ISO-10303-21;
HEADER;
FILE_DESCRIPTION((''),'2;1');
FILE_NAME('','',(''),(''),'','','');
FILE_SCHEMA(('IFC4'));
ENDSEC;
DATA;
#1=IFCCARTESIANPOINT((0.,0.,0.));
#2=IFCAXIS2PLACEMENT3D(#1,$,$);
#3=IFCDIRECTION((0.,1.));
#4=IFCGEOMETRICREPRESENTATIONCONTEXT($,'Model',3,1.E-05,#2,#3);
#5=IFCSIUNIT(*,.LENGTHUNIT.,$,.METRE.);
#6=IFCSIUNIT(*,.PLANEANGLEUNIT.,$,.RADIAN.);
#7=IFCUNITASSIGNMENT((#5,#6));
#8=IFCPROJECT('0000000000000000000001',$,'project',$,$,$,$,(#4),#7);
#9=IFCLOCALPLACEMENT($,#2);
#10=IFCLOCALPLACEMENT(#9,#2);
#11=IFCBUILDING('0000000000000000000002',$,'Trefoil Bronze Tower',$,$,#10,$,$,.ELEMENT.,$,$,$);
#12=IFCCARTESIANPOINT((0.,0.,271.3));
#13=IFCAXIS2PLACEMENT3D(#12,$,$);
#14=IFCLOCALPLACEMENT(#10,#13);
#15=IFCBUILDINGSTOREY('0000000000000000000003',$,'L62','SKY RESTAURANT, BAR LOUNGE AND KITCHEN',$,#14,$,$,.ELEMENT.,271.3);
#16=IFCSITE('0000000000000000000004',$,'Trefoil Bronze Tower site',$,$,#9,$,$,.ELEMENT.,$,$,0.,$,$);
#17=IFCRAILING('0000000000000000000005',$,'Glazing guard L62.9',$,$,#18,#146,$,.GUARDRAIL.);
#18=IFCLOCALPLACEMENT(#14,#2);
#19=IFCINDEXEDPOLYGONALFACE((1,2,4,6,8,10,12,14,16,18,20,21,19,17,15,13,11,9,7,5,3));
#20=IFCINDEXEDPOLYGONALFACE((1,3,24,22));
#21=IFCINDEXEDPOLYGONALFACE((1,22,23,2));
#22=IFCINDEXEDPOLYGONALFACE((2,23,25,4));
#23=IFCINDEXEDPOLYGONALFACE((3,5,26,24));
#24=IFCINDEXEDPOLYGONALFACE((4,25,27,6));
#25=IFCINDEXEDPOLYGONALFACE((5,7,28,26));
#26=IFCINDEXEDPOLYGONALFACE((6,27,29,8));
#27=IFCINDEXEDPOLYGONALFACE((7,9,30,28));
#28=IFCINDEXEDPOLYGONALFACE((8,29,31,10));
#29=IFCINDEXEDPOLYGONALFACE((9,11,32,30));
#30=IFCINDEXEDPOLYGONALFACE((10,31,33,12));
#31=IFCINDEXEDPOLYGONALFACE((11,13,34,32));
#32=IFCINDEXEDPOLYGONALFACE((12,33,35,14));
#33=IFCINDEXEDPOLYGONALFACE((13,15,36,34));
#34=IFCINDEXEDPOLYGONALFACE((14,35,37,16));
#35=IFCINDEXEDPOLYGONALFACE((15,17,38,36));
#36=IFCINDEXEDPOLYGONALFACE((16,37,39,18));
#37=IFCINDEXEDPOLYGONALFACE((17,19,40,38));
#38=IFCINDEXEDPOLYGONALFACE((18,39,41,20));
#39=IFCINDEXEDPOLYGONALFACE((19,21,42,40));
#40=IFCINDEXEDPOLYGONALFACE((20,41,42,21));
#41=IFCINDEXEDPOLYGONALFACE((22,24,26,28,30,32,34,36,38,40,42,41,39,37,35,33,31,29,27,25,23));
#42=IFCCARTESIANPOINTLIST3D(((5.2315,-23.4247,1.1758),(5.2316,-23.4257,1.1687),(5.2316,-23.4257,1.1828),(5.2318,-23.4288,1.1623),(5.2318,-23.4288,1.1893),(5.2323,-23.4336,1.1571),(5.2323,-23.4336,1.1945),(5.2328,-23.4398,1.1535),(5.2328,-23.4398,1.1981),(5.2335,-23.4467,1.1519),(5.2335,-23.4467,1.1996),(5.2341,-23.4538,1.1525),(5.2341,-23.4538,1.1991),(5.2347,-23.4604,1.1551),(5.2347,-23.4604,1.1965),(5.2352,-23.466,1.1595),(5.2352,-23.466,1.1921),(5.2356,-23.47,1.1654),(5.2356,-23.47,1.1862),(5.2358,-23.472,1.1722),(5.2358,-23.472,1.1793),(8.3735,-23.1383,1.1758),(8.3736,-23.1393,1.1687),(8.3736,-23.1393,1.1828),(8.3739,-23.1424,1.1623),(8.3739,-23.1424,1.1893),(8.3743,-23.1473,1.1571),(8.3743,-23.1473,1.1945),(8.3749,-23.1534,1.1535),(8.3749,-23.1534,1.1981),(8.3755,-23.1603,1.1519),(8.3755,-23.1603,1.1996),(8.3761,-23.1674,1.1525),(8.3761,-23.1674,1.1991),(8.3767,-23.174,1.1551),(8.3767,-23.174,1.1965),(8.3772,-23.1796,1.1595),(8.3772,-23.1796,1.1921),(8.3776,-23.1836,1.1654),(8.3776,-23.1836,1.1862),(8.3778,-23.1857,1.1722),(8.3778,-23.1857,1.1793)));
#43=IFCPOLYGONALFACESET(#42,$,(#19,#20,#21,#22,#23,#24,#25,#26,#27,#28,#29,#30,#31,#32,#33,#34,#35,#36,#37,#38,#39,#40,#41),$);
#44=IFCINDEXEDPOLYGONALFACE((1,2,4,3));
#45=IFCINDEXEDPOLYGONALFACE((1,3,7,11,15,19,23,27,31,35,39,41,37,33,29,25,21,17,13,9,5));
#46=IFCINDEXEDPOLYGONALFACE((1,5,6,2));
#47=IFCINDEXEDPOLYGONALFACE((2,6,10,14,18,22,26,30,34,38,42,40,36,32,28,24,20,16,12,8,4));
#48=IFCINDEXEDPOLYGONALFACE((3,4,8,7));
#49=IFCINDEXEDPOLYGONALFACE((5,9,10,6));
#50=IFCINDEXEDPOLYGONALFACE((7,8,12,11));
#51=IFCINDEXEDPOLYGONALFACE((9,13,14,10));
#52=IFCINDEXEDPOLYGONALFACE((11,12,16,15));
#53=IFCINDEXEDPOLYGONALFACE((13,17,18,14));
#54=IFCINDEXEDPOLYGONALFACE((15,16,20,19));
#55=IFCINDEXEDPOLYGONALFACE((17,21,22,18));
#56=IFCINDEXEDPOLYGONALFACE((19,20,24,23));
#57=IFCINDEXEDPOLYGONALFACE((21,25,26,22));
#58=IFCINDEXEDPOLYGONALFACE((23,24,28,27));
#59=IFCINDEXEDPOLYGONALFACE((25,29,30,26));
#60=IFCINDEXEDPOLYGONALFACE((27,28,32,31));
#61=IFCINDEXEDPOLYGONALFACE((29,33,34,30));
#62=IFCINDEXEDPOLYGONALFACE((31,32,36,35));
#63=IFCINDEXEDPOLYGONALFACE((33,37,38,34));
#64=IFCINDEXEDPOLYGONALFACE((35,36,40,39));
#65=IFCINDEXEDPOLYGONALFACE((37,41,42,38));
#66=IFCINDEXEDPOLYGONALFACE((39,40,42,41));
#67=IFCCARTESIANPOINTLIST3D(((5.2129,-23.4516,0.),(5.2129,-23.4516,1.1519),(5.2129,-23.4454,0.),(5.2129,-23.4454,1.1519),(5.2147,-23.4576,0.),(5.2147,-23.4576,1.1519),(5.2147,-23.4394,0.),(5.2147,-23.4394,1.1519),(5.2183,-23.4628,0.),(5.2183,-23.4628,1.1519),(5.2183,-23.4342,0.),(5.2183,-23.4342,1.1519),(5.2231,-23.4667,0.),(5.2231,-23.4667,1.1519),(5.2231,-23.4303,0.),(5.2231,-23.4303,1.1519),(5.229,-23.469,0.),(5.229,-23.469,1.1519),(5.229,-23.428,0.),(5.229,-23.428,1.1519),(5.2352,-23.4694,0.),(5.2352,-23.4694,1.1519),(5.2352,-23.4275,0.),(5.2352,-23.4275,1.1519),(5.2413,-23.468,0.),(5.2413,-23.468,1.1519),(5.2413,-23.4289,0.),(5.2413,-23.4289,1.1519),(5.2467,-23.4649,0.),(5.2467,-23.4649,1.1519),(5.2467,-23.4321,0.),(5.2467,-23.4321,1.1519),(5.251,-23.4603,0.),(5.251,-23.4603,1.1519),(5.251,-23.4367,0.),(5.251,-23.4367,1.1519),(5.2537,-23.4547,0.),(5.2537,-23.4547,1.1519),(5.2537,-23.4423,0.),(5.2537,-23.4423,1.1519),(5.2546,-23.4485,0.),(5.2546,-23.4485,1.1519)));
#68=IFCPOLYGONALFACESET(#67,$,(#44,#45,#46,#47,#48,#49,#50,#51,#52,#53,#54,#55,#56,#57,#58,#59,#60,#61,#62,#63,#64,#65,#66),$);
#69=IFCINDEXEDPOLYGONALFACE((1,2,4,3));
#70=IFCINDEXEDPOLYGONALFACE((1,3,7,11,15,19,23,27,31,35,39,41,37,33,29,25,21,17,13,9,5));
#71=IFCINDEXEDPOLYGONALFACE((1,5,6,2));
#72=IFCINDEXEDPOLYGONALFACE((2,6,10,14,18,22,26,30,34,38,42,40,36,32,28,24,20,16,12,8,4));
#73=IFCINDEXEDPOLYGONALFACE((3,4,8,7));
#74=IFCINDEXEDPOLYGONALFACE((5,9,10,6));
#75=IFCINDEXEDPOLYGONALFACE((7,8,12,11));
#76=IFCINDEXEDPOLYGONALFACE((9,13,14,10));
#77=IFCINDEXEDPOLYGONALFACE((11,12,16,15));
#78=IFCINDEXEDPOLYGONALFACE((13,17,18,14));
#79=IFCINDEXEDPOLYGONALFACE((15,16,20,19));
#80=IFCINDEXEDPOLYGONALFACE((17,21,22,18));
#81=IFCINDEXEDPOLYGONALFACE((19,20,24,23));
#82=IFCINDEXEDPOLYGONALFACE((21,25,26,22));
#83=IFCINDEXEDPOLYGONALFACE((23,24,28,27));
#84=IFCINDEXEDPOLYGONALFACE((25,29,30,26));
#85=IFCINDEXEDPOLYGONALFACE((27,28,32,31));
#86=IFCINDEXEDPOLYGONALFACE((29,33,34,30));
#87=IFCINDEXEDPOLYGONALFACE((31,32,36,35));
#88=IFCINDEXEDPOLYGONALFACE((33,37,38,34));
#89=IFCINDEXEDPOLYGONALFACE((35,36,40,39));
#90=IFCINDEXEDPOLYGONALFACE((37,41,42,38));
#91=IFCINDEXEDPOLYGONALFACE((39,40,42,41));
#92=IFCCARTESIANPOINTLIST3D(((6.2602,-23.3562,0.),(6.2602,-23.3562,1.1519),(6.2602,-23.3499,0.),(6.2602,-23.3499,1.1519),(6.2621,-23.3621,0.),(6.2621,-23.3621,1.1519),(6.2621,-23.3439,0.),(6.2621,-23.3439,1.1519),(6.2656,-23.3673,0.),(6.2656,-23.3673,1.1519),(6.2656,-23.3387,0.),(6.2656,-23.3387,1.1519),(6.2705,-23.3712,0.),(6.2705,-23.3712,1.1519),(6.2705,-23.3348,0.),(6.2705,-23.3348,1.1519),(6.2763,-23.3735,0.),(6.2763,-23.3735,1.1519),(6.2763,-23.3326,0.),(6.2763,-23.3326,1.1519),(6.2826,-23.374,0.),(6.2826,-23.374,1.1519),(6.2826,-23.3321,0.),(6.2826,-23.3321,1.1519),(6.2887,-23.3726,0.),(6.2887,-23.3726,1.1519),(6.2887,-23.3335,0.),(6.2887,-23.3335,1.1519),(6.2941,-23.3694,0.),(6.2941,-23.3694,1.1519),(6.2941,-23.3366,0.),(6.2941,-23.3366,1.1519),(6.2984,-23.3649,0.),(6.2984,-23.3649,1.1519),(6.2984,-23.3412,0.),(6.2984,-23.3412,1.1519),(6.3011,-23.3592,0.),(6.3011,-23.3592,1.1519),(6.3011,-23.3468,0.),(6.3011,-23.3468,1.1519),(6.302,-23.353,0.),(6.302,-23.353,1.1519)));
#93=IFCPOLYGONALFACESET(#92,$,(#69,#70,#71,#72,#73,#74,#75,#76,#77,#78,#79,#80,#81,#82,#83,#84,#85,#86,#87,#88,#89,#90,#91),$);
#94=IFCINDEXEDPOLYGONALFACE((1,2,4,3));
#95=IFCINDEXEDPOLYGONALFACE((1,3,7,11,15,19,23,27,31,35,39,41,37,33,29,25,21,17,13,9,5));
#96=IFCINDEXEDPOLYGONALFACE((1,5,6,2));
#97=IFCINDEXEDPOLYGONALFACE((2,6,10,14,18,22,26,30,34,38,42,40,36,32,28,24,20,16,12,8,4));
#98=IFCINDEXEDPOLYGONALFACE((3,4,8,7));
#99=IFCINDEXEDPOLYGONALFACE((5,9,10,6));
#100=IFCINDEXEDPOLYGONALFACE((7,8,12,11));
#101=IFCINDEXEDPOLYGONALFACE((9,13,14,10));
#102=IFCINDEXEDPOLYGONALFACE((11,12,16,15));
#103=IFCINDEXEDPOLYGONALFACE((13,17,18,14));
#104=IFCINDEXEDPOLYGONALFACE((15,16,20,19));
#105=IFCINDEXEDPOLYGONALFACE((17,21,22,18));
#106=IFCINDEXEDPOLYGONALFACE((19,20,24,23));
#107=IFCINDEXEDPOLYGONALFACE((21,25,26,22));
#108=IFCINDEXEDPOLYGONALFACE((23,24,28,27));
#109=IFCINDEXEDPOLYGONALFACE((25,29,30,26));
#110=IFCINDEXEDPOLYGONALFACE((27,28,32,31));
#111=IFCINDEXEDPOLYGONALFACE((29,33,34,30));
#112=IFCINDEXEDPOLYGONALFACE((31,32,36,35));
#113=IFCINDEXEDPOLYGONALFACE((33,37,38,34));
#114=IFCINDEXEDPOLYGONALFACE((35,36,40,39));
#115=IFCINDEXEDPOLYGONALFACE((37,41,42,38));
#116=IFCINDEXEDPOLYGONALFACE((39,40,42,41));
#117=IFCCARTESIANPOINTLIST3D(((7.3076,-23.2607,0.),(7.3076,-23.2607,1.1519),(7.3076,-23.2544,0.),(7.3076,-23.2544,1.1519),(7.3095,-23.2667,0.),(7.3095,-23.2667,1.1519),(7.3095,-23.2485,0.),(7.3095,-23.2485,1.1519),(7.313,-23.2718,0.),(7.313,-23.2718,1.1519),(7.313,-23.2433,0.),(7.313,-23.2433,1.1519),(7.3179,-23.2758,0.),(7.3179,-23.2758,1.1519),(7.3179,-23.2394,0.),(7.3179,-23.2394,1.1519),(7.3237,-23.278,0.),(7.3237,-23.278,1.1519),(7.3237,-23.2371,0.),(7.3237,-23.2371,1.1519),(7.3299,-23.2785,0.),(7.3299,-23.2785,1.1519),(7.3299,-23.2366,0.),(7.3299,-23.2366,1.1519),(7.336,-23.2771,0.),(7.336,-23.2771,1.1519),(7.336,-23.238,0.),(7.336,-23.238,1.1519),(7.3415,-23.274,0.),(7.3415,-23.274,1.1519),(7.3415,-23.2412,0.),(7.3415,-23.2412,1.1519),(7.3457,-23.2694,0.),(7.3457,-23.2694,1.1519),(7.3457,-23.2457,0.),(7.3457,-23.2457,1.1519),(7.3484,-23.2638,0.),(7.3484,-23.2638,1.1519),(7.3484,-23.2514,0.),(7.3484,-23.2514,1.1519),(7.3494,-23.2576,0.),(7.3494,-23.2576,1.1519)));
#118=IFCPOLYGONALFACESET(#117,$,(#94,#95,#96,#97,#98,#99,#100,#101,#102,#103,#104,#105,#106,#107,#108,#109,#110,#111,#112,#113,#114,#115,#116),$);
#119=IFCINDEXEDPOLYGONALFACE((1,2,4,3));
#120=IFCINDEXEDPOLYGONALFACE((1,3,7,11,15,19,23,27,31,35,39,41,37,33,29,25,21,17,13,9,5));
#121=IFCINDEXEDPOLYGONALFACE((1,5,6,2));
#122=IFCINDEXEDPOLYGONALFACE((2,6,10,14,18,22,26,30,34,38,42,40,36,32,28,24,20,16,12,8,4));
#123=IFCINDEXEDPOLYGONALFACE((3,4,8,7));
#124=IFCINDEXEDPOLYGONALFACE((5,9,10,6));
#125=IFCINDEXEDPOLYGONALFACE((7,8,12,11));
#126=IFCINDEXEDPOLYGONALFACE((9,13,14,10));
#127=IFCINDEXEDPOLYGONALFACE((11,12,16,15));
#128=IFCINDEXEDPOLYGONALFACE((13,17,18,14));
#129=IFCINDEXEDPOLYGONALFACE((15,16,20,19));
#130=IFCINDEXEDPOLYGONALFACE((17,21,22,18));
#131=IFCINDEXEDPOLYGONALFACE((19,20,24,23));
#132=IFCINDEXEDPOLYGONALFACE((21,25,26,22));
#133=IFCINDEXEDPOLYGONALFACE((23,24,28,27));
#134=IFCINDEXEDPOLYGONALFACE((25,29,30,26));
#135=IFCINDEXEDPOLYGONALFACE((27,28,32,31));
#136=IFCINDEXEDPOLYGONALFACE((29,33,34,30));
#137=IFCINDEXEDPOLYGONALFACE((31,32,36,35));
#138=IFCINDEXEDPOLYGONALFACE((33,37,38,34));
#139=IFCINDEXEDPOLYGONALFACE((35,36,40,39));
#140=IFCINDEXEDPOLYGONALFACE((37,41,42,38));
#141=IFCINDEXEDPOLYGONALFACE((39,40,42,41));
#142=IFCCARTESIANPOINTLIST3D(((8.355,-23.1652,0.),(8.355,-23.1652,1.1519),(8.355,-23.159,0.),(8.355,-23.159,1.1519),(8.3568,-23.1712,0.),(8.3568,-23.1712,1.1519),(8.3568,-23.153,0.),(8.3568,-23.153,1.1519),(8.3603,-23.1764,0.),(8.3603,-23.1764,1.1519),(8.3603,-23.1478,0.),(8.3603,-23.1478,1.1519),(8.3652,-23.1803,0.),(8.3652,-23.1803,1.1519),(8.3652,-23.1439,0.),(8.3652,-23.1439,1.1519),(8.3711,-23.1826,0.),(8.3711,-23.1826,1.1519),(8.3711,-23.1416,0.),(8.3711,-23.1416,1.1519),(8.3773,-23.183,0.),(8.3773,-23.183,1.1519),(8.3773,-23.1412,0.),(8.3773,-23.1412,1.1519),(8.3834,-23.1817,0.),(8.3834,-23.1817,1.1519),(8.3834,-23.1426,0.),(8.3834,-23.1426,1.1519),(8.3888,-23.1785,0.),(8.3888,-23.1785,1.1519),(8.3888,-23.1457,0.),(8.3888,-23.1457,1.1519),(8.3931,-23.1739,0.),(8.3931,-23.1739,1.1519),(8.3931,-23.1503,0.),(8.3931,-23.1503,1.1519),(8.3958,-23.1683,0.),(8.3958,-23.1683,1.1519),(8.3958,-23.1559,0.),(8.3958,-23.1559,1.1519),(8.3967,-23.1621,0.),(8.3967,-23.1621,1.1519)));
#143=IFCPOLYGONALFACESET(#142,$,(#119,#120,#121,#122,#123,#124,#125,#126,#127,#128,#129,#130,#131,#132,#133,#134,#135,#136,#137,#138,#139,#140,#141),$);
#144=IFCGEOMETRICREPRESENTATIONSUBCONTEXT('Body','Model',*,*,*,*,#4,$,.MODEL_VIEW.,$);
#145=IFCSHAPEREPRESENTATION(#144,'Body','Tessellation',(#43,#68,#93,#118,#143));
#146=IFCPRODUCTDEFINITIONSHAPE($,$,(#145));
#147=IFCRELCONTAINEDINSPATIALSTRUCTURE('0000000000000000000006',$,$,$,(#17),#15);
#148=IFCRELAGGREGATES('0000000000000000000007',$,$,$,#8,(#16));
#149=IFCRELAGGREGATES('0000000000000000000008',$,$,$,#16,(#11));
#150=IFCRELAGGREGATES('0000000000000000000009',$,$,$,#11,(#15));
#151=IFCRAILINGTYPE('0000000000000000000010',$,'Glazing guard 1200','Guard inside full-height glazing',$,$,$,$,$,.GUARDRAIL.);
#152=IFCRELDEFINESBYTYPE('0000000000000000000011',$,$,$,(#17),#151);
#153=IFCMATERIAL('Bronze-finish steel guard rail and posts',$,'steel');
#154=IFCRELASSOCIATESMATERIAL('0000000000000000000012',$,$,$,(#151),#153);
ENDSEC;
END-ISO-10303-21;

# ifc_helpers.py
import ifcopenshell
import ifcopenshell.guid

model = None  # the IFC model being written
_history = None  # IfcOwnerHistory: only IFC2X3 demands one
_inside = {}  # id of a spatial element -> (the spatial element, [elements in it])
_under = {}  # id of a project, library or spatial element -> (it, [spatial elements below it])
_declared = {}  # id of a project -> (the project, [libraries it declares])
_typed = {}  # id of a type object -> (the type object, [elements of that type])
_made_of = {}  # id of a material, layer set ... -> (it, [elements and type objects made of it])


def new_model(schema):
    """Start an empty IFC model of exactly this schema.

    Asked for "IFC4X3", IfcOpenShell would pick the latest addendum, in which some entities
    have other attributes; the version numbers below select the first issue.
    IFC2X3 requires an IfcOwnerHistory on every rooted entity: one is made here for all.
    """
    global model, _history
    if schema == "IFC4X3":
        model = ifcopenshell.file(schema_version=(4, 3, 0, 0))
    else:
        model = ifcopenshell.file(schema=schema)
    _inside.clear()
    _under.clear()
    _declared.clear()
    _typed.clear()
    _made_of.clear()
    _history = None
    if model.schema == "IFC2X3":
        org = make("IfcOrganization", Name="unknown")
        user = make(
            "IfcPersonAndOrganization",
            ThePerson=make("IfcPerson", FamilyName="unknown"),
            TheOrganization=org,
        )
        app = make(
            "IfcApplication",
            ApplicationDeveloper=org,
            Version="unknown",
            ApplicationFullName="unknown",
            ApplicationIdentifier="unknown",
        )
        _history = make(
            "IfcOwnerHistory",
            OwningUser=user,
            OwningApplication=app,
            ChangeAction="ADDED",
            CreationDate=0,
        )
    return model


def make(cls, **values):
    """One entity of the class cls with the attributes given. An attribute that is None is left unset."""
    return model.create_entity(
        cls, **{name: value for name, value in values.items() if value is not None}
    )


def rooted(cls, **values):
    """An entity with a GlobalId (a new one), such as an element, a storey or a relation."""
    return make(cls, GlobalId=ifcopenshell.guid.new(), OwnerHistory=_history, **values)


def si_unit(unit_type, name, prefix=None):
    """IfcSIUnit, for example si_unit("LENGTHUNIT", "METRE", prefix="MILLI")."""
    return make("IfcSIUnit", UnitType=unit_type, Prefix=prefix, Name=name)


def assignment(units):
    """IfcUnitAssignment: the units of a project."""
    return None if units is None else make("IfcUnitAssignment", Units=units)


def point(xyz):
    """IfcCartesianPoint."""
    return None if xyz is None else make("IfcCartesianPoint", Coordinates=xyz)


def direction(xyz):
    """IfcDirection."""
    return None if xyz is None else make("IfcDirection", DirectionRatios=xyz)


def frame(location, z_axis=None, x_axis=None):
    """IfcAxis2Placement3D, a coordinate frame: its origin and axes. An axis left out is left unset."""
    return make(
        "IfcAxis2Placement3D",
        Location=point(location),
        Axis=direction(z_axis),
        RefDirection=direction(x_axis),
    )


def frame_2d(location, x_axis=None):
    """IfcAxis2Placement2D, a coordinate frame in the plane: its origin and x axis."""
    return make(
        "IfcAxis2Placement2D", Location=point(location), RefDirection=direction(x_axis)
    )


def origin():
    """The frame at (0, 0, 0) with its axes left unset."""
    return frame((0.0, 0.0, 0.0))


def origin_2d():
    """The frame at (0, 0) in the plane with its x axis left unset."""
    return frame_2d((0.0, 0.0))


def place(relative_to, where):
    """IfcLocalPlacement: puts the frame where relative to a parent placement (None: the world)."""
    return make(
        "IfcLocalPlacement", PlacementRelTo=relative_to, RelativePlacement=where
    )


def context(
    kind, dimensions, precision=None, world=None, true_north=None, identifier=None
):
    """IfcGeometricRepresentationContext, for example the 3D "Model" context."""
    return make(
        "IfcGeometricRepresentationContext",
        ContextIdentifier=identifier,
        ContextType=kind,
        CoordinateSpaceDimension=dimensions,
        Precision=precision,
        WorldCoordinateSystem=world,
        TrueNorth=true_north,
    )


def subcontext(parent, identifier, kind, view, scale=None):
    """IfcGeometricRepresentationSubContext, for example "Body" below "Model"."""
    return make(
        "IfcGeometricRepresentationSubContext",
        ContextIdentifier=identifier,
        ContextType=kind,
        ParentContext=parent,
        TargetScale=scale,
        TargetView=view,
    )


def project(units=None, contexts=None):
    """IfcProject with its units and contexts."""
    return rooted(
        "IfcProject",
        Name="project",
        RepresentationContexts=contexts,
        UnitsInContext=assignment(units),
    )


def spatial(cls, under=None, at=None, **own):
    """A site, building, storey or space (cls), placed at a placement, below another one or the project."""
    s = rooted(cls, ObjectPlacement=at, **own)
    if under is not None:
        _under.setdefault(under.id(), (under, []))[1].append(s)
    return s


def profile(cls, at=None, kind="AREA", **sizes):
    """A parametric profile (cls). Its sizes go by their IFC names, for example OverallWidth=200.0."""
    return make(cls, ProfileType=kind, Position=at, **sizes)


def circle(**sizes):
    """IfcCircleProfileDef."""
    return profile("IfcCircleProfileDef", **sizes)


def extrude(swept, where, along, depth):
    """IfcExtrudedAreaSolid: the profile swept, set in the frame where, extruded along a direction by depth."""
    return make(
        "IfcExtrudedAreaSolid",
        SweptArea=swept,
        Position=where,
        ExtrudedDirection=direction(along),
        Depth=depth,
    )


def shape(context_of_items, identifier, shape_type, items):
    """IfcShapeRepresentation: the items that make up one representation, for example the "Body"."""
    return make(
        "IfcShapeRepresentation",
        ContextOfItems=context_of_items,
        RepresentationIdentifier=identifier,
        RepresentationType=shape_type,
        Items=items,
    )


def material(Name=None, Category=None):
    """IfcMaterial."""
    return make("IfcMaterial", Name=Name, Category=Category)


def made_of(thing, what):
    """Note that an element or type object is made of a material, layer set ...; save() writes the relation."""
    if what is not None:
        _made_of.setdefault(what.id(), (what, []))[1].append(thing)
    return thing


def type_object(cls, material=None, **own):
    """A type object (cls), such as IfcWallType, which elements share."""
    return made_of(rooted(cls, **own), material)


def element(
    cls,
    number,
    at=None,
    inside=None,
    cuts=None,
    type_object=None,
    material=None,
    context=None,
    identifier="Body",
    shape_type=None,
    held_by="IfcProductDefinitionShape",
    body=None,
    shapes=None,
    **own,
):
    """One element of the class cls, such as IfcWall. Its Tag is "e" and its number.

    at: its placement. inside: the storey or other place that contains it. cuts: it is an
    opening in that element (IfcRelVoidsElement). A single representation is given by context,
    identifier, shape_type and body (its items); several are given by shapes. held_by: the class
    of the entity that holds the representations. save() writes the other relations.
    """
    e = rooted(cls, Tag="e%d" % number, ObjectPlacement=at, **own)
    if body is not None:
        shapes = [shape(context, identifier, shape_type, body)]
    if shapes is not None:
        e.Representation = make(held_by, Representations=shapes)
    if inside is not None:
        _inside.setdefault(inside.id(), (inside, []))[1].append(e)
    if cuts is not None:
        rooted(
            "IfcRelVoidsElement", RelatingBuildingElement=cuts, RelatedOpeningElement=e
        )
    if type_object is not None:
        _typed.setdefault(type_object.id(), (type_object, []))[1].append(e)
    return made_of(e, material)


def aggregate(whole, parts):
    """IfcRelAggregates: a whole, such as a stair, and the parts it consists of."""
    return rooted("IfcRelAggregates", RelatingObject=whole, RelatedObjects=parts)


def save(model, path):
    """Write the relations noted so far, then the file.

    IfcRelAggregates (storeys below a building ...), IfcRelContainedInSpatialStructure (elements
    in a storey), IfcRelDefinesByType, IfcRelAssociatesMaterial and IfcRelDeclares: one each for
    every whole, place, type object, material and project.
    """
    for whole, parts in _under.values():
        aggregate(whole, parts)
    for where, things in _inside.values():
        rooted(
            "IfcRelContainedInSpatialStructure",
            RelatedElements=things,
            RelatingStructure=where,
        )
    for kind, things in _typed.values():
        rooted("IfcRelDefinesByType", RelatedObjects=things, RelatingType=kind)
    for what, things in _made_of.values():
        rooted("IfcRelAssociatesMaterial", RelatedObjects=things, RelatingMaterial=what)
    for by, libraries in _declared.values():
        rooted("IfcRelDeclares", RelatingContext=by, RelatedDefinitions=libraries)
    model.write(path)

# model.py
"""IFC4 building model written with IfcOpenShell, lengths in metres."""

from ifc_helpers import new_model, si_unit, direction, frame, origin, origin_2d, place, context, subcontext, project, spatial, circle, extrude, material, type_object, element, save


model = new_model("IFC4")

# Units and contexts
model_context = context("Model", 3, precision=1e-05, world=origin(), true_north=direction((0.0, 1.0)))
body_context = subcontext(model_context, "Body", "Model", "MODEL_VIEW")
ifc_project = project(units=[si_unit("LENGTHUNIT", "METRE"), si_unit("PLANEANGLEUNIT", "RADIAN")], contexts=[model_context])

# Site, building, storey
site_placement = place(None, origin())
site = spatial("IfcSite", under=ifc_project, at=site_placement, Name="Trefoil Bronze Tower site", CompositionType="ELEMENT", RefElevation=0.0)
building_placement = place(site_placement, origin())
building = spatial("IfcBuilding", under=site, at=building_placement, Name="Trefoil Bronze Tower", CompositionType="ELEMENT")
storey_placement = place(building_placement, frame((0.0, 0.0, 271.3)))
storey = spatial("IfcBuildingStorey", under=building, at=storey_placement, Name="L62", Description="SKY RESTAURANT, BAR LOUNGE AND KITCHEN", CompositionType="ELEMENT", Elevation=271.3)

# Railing
ifc_material_1 = material(Name="Bronze-finish steel guard rail and posts", Category="steel")
railing_type = type_object("IfcRailingType", Name="Glazing guard 1200", Description="Guard inside full-height glazing", PredefinedType="GUARDRAIL", material=ifc_material_1)
railing_1_placement = place(storey_placement, frame((5.2336, -23.4485, 0.0)))
element("IfcRailing", 1, at=railing_1_placement, inside=storey, type_object=railing_type, Name="Glazing guard L62.9", PredefinedType="GUARDRAIL", context=body_context, shape_type="SweptSolid", body=[
    extrude(circle(Radius=0.0239, at=origin_2d()), frame((0.0, 0.0, 1.1758), z_axis=(0.995872, 0.090766, 0.0), x_axis=(-0.090766, 0.995872, 0.0)), (0.0, 0.0, 1.0), 3.155),
    extrude(circle(Radius=0.021, at=origin_2d()), origin(), (0.0, 0.0, 1.0), 1.1519),
    extrude(circle(Radius=0.021, at=origin_2d()), frame((1.0474, 0.0955, 0.0)), (0.0, 0.0, 1.0), 1.1519),
    extrude(circle(Radius=0.021, at=origin_2d()), frame((2.0947, 0.1909, 0.0)), (0.0, 0.0, 1.0), 1.1519),
    extrude(circle(Radius=0.021, at=origin_2d()), frame((3.1421, 0.2864, 0.0)), (0.0, 0.0, 1.0), 1.1519),
])

save(model, "model.ifc")
